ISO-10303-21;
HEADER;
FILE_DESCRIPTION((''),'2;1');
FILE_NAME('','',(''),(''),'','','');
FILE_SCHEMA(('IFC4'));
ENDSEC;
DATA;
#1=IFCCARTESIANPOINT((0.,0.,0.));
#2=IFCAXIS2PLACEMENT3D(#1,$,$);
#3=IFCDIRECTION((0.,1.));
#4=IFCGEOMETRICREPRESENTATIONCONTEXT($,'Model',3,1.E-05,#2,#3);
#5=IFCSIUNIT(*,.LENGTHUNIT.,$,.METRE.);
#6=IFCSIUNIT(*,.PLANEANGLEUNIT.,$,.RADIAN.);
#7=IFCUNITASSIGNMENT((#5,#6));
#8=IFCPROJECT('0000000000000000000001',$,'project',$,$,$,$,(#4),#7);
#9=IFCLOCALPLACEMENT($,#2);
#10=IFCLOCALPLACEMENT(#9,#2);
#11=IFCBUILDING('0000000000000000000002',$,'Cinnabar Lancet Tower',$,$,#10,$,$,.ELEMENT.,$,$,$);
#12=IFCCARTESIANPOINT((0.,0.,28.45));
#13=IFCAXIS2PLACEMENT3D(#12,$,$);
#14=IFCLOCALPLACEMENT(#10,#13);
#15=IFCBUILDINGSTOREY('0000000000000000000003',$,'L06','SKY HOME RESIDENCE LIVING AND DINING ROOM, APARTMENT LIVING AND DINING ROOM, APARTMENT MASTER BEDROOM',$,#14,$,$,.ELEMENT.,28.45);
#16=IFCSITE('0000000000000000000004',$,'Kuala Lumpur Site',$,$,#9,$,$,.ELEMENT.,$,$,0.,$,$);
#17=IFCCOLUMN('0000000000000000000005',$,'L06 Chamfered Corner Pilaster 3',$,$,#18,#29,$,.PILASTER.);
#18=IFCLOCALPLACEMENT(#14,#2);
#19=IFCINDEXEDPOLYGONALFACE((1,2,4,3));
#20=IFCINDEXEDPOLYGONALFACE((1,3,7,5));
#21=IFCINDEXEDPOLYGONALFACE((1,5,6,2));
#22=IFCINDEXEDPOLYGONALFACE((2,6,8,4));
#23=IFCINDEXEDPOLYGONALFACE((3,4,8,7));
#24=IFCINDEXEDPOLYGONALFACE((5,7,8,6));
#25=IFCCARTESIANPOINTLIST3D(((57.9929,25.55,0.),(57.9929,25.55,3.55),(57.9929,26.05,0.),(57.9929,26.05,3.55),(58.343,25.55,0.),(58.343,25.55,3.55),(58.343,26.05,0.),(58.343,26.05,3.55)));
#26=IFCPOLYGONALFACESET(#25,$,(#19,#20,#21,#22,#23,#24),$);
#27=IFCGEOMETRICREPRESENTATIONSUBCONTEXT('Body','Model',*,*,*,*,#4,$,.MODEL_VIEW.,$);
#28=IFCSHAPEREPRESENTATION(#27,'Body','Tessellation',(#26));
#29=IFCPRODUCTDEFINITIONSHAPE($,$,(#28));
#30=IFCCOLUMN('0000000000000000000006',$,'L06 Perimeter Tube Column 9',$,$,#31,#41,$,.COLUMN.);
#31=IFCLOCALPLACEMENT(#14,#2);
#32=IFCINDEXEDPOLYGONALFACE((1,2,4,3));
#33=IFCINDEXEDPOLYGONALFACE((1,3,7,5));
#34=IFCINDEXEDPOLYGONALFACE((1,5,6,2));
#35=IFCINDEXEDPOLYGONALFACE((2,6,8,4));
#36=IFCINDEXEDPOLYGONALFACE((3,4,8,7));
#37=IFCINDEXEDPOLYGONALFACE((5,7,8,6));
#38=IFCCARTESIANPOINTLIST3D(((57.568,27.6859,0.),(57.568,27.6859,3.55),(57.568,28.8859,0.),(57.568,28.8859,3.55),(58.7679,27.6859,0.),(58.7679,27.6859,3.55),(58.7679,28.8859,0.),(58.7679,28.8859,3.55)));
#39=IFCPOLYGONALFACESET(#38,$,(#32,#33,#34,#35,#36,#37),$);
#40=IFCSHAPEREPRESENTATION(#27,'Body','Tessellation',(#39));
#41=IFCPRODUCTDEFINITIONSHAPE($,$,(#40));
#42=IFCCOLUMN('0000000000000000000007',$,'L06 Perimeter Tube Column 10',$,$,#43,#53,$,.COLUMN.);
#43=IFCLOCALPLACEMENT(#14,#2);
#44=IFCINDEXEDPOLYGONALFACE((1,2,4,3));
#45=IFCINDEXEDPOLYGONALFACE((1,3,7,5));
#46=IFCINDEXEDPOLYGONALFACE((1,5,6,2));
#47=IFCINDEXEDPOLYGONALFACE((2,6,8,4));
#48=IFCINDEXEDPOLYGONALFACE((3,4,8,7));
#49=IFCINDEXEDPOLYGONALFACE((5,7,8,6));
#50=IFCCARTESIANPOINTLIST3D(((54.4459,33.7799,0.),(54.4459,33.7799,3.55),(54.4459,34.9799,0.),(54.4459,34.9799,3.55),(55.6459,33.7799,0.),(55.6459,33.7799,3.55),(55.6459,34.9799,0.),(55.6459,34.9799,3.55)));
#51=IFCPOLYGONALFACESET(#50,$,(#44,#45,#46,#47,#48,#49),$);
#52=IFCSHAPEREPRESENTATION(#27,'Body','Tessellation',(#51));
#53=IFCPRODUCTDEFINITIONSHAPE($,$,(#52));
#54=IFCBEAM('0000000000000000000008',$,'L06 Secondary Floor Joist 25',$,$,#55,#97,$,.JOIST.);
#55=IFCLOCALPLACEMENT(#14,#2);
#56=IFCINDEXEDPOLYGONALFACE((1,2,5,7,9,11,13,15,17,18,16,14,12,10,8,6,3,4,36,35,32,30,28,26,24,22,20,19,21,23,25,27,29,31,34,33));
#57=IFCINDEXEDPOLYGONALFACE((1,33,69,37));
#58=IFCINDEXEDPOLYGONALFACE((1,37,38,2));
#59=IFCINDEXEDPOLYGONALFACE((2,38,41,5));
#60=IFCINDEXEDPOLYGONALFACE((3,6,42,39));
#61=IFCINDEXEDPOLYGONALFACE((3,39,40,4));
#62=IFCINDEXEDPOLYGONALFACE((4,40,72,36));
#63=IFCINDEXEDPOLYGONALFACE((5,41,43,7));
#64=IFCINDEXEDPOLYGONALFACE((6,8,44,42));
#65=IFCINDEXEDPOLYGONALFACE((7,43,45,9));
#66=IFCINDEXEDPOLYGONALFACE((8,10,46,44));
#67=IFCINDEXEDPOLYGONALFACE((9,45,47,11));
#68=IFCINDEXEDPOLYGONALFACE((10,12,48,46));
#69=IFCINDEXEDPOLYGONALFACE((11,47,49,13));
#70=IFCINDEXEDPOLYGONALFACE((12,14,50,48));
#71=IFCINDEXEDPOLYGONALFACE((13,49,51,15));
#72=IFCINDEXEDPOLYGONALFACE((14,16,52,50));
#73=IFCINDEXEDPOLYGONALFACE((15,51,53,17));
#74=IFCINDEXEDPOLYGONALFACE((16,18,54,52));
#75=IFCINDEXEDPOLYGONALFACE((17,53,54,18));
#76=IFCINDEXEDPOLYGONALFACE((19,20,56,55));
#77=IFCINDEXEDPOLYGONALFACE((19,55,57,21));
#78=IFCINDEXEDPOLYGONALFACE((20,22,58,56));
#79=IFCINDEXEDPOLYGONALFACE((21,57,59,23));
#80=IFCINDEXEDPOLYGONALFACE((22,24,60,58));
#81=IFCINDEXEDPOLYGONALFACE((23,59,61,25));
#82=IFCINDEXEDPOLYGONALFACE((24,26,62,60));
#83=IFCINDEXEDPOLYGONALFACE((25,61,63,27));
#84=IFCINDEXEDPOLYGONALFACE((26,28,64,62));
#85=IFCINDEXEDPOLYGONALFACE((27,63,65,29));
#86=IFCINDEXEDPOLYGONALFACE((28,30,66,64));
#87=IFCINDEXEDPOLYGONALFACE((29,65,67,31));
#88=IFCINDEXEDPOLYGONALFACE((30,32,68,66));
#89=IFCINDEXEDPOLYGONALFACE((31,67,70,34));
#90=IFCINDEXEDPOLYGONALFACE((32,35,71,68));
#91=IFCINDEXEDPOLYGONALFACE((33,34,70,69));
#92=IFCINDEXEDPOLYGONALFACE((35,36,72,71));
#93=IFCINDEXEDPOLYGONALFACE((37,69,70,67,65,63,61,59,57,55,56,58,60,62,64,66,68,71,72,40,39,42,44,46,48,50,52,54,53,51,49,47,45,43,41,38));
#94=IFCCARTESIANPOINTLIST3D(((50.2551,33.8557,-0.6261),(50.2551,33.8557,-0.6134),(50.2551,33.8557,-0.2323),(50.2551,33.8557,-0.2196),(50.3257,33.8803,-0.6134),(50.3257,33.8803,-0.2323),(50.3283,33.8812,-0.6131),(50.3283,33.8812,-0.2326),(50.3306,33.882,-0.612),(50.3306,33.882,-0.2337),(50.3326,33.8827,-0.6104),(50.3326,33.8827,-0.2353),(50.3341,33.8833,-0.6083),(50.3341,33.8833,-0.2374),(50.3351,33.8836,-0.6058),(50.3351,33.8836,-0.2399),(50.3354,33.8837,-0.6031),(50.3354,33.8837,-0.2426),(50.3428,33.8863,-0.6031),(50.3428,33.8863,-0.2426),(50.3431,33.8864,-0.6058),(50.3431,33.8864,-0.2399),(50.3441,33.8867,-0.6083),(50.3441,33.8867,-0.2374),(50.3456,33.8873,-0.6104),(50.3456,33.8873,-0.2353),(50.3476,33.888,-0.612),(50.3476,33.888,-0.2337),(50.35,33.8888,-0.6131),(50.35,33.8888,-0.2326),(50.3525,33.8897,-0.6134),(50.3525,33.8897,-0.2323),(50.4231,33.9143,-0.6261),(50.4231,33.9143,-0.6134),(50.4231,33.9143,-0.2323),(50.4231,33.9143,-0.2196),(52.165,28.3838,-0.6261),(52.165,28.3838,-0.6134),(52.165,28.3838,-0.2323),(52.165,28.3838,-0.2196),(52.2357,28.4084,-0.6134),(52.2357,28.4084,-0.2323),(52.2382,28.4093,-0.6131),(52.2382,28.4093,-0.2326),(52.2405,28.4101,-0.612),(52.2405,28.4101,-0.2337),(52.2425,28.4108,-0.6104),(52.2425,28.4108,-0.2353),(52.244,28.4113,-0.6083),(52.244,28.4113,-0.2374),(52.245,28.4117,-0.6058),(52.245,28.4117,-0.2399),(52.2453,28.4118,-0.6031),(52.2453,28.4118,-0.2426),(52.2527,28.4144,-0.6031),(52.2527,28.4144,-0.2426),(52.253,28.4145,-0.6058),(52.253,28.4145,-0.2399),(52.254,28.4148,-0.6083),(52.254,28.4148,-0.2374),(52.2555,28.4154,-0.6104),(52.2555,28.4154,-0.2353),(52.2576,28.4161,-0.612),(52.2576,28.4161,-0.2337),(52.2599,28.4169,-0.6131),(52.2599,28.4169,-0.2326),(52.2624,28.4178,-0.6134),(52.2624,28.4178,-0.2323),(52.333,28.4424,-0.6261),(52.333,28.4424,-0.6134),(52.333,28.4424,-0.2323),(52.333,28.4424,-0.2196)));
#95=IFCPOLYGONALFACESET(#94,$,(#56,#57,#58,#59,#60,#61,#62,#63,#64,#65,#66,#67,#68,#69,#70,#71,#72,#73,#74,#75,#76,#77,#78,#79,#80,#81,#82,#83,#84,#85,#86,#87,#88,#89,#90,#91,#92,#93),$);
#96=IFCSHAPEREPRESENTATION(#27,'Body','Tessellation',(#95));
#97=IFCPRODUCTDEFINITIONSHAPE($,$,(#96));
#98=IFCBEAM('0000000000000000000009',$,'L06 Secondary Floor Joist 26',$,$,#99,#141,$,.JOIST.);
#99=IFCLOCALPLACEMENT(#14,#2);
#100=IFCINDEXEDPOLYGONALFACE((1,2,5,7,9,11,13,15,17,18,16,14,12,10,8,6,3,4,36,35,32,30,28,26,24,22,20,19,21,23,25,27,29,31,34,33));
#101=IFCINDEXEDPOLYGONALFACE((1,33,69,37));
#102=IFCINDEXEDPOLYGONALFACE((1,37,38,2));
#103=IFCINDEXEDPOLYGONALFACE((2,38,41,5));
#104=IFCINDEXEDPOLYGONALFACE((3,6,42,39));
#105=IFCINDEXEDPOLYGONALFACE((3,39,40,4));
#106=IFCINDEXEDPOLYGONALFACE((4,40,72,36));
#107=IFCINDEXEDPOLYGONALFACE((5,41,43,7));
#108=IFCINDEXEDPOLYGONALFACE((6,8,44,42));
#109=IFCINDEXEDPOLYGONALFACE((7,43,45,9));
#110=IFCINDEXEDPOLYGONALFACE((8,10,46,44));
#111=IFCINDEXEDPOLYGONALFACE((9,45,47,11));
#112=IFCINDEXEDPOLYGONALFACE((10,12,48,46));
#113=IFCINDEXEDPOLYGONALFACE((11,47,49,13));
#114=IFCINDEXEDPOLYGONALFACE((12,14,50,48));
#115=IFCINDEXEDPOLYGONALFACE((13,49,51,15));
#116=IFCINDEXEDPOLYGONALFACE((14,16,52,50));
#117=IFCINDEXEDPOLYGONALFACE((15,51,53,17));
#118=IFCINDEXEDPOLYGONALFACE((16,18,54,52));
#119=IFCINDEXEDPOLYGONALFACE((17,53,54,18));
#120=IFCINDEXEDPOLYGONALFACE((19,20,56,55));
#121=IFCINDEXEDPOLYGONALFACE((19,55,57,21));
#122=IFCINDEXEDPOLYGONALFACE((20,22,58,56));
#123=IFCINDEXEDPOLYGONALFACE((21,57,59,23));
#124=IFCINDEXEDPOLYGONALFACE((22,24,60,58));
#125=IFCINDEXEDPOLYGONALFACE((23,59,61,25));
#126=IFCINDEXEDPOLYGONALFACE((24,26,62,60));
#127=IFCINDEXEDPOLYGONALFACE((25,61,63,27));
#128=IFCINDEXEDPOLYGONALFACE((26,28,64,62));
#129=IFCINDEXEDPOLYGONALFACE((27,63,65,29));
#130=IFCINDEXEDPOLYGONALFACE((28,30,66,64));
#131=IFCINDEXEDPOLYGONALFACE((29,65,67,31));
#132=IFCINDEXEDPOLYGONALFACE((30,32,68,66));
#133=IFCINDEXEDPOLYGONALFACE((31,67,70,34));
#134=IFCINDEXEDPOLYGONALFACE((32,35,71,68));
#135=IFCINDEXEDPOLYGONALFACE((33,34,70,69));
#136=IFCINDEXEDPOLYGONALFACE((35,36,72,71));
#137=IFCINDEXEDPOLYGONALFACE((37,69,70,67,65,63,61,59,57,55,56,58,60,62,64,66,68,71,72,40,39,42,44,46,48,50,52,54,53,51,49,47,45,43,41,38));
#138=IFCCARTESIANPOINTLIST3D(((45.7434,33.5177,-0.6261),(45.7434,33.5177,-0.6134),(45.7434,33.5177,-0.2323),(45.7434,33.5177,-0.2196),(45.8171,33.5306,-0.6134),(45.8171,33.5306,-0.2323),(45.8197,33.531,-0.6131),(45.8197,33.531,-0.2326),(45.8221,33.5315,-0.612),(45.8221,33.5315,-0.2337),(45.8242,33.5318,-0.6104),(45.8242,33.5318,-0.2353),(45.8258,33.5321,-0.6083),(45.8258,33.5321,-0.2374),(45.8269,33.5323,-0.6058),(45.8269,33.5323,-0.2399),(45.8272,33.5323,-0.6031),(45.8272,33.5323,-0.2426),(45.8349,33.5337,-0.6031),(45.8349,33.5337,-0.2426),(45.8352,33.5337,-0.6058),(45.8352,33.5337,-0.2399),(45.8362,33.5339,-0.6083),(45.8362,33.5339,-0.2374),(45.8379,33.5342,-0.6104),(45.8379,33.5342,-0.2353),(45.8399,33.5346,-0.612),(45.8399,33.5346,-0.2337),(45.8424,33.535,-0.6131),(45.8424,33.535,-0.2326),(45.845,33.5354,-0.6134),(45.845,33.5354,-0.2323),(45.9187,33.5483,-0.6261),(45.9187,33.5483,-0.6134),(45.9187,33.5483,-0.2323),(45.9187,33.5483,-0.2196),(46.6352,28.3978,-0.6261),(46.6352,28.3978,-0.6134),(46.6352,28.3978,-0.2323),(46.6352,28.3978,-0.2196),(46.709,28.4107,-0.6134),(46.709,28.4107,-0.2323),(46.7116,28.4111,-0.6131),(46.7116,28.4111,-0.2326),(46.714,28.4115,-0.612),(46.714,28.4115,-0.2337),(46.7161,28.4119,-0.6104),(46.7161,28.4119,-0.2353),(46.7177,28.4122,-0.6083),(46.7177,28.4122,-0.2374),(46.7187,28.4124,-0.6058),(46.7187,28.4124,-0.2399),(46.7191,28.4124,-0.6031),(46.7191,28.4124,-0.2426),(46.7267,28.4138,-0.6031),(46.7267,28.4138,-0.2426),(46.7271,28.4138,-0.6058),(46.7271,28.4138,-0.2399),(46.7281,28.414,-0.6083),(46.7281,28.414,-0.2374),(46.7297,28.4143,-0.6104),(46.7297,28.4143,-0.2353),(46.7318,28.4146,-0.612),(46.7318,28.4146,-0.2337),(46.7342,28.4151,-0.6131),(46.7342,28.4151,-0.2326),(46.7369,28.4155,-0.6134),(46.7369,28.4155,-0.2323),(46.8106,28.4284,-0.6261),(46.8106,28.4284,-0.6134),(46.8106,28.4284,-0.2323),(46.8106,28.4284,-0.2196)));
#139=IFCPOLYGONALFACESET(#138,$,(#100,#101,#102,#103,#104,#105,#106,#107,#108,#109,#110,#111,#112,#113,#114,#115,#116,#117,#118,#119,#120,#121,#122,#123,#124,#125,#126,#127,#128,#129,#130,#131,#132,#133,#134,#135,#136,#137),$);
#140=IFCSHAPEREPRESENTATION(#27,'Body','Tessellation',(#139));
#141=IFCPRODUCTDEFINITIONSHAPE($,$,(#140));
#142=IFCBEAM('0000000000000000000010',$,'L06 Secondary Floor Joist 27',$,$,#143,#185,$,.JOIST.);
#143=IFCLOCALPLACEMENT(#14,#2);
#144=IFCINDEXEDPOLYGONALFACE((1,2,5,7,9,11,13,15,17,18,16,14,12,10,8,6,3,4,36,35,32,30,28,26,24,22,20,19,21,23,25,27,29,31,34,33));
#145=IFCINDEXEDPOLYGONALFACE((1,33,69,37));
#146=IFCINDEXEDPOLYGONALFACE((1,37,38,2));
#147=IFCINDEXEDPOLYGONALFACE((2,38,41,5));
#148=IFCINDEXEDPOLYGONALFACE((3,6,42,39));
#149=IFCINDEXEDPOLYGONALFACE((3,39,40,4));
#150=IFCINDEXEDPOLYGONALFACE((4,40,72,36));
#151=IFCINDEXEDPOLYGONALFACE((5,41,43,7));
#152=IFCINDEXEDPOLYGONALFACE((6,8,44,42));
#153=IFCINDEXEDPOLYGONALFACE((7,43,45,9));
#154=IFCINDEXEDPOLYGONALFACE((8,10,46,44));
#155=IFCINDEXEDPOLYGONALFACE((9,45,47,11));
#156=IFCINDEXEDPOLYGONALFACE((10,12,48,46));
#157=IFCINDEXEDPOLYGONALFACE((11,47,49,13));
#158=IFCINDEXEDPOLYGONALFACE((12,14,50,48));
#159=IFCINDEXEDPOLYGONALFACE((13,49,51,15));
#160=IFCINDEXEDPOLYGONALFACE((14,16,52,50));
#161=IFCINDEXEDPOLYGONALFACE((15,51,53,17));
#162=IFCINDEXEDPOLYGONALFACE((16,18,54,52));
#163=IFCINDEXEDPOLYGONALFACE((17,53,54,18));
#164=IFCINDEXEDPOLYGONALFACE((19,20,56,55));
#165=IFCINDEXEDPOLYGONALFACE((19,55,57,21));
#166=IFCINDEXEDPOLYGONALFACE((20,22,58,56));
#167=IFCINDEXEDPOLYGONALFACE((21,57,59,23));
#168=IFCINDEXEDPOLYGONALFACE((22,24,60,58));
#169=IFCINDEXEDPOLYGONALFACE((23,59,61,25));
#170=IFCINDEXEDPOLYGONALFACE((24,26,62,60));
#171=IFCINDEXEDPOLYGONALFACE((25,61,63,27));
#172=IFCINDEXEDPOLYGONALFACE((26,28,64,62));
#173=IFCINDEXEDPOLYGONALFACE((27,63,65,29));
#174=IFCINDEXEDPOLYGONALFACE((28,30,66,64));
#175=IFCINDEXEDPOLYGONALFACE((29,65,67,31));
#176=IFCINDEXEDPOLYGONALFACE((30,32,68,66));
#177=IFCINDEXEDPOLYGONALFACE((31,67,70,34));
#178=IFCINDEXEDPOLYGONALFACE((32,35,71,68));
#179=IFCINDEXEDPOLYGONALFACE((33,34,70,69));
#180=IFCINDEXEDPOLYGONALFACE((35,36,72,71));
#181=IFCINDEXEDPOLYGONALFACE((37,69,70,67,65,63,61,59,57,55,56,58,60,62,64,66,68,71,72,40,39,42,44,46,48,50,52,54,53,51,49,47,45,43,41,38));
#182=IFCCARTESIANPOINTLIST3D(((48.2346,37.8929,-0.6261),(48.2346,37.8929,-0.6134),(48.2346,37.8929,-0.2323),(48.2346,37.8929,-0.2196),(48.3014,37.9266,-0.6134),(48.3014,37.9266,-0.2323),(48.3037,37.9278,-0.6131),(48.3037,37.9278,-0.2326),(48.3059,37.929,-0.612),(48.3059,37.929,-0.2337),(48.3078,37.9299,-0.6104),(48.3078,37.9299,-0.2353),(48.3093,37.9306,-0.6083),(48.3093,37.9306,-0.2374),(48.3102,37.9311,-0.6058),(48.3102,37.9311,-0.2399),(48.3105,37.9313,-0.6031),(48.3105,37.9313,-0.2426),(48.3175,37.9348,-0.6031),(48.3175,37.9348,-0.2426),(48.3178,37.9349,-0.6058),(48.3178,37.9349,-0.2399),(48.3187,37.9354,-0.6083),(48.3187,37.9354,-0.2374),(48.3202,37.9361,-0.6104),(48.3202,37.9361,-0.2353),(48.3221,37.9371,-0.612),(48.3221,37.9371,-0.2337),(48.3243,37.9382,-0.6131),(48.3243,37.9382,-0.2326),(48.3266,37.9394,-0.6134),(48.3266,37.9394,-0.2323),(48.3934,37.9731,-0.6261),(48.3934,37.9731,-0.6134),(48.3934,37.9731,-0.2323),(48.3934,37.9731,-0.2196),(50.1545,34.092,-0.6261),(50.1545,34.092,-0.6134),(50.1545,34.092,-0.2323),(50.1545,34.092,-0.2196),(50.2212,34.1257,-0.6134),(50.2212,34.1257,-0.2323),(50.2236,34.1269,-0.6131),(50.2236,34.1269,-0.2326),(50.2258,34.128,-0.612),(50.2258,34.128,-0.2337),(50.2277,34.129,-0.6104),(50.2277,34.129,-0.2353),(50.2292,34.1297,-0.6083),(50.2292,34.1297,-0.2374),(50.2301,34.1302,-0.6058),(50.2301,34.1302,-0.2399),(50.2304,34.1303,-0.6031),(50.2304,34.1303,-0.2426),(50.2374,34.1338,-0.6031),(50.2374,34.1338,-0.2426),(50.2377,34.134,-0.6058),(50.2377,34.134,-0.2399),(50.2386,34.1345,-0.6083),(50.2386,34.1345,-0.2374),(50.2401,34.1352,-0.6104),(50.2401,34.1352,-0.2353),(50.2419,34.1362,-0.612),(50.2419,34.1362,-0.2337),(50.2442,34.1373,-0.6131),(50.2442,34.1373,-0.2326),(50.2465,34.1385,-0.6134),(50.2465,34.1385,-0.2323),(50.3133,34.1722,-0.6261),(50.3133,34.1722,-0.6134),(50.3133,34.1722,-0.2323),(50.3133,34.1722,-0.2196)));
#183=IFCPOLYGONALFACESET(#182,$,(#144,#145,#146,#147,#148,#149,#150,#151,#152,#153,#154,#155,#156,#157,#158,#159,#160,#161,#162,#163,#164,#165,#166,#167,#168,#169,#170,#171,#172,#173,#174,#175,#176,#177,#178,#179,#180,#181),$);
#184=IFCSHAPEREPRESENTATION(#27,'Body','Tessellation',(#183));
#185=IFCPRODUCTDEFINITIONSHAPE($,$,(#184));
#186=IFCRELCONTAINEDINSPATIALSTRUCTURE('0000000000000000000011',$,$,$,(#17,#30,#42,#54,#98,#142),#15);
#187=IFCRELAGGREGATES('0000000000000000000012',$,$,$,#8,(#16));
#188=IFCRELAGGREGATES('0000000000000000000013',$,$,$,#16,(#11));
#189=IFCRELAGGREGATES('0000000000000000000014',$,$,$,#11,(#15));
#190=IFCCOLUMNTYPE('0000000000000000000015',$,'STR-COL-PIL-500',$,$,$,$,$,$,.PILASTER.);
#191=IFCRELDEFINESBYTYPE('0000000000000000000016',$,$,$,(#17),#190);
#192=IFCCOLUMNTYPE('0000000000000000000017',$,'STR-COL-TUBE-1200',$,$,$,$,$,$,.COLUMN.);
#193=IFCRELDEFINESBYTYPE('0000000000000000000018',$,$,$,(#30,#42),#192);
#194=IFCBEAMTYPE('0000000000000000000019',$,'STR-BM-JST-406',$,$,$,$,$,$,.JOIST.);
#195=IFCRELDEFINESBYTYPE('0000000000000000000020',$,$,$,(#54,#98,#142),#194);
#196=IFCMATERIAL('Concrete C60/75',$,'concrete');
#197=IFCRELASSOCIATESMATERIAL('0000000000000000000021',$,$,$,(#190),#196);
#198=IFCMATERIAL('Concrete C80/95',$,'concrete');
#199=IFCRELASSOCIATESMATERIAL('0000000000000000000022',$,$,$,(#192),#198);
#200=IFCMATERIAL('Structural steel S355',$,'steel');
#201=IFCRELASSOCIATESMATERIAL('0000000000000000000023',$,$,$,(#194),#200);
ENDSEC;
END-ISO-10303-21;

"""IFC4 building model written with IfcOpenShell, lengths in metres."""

from ifc_helpers import new_model, si_unit, direction, frame, origin, origin_2d, place, context, subcontext, project, spatial, rectangle, i_section, extrude, material, material_profile, profile_set, type_object, element, save


model = new_model("IFC4")

# Units and contexts
model_context = context("Model", 3, precision=1e-05, world=origin(), true_north=direction((0.0, 1.0)))
body_context = subcontext(model_context, "Body", "Model", "MODEL_VIEW")
ifc_project = project(units=[si_unit("LENGTHUNIT", "METRE"), si_unit("PLANEANGLEUNIT", "RADIAN")], contexts=[model_context])

# Site, building, storey
site_placement = place(None, origin())
site = spatial("IfcSite", under=ifc_project, at=site_placement, Name="Kuala Lumpur Site", CompositionType="ELEMENT", RefElevation=0.0)
building_placement = place(site_placement, origin())
building = spatial("IfcBuilding", under=site, at=building_placement, Name="Cinnabar Lancet Tower", CompositionType="ELEMENT")
storey_placement = place(building_placement, frame((0.0, 0.0, 28.45)))
storey = spatial("IfcBuildingStorey", under=building, at=storey_placement, Name="L06", Description="SKY HOME RESIDENCE LIVING AND DINING ROOM, APARTMENT LIVING AND DINING ROOM, APARTMENT MASTER BEDROOM", CompositionType="ELEMENT", Elevation=28.45)

# Columns
ifc_material_1 = material(Name="Concrete C60/75", Category="concrete")
ifc_material_profile_1 = material_profile(ifc_material_1, rectangle(XDim=0.5, YDim=0.3501, at=origin_2d()), Name="RC-PIL 500x350")
ifc_profile_set_1 = profile_set([ifc_material_profile_1], Name="Concrete C60/75")
column_type_1 = type_object("IfcColumnType", Name="STR-COL-PIL-500", PredefinedType="PILASTER", material=ifc_profile_set_1)
column_placement = place(storey_placement, frame((58.168, 25.8, 0.0), z_axis=(0.0, 0.0, 1.0), x_axis=(0.0, 1.0, 0.0)))
element("IfcColumn", 1, at=column_placement, inside=storey, type_object=column_type_1, Name="L06 Chamfered Corner Pilaster 3", PredefinedType="PILASTER", context=body_context, shape_type="SweptSolid", body=[
    extrude(rectangle(XDim=0.5, YDim=0.3501, at=origin_2d()), origin(), (0.0, 0.0, 1.0), 3.55),
])
ifc_material_2 = material(Name="Concrete C80/95", Category="concrete")
ifc_material_profile_2 = material_profile(ifc_material_2, rectangle(XDim=1.2, YDim=1.2, at=origin_2d()), Name="RC-COL 1200x1200")
ifc_profile_set_2 = profile_set([ifc_material_profile_2], Name="Concrete C80/95")
column_type_2 = type_object("IfcColumnType", Name="STR-COL-TUBE-1200", PredefinedType="COLUMN", material=ifc_profile_set_2)
for number, where, z_axis, x_axis, name in (
    (2, (58.168, 28.2859, 0.0), (0.0, 0.0, 1.0), (1.0, 0.0, 0.0), "L06 Perimeter Tube Column 9"),
    (3, (55.0459, 34.3799, 0.0), (0.0, 0.0, 1.0), (1.0, 0.0, 0.0), "L06 Perimeter Tube Column 10"),
):
    element("IfcColumn", number, at=place(storey_placement, frame(where, z_axis=z_axis, x_axis=x_axis)), inside=storey, type_object=column_type_2, Name=name, PredefinedType="COLUMN", context=body_context, shape_type="SweptSolid", body=[
        extrude(rectangle(XDim=1.2, YDim=1.2, at=origin_2d()), origin(), (0.0, 0.0, 1.0), 3.55),
    ])

# Beams
ifc_material_3 = material(Name="Structural steel S355", Category="steel")
ifc_material_profile_3 = material_profile(ifc_material_3, i_section(OverallWidth=0.178, OverallDepth=0.4065, WebThickness=0.0078, FlangeThickness=0.0127, FilletRadius=0.0103, at=origin_2d()), Name="UKB 406x178x60")
ifc_profile_set_3 = profile_set([ifc_material_profile_3], Name="Structural steel S355")
beam_type_1 = type_object("IfcBeamType", Name="STR-BM-JST-406", PredefinedType="JOIST", material=ifc_profile_set_3)
beam_1_placement = place(storey_placement, frame((52.249, 28.4131, -0.4229), z_axis=(-0.329542, 0.944141, 0.0), x_axis=(-0.944141, -0.329542, 0.0)))
element("IfcBeam", 4, at=beam_1_placement, inside=storey, type_object=beam_type_1, Name="L06 Secondary Floor Joist 25", PredefinedType="JOIST", context=body_context, shape_type="SweptSolid", body=[
    extrude(i_section(OverallWidth=0.178, OverallDepth=0.4065, WebThickness=0.0078, FlangeThickness=0.0127, FilletRadius=0.0103, at=origin_2d()), origin(), (0.0, 0.0, 1.0), 5.7957),
])
beam_2_placement = place(storey_placement, frame((46.7229, 28.4131, -0.4229), z_axis=(-0.171609, 0.985165, 0.0), x_axis=(-0.985165, -0.171609, 0.0)))
element("IfcBeam", 5, at=beam_2_placement, inside=storey, type_object=beam_type_1, Name="L06 Secondary Floor Joist 26", PredefinedType="JOIST", context=body_context, shape_type="SweptSolid", body=[
    extrude(i_section(OverallWidth=0.178, OverallDepth=0.4065, WebThickness=0.0078, FlangeThickness=0.0127, FilletRadius=0.0103, at=origin_2d()), origin(), (0.0, 0.0, 1.0), 5.197),
])
beam_3_placement = place(storey_placement, frame((50.2339, 34.1321, -0.4229), z_axis=(-0.450856, 0.892597, 0.0), x_axis=(-0.892597, -0.450856, 0.0)))
element("IfcBeam", 6, at=beam_3_placement, inside=storey, type_object=beam_type_1, Name="L06 Secondary Floor Joist 27", PredefinedType="JOIST", context=body_context, shape_type="SweptSolid", body=[
    extrude(i_section(OverallWidth=0.178, OverallDepth=0.4065, WebThickness=0.0078, FlangeThickness=0.0127, FilletRadius=0.0103, at=origin_2d()), origin(), (0.0, 0.0, 1.0), 4.2583),
])

save(model, "model.ifc")
